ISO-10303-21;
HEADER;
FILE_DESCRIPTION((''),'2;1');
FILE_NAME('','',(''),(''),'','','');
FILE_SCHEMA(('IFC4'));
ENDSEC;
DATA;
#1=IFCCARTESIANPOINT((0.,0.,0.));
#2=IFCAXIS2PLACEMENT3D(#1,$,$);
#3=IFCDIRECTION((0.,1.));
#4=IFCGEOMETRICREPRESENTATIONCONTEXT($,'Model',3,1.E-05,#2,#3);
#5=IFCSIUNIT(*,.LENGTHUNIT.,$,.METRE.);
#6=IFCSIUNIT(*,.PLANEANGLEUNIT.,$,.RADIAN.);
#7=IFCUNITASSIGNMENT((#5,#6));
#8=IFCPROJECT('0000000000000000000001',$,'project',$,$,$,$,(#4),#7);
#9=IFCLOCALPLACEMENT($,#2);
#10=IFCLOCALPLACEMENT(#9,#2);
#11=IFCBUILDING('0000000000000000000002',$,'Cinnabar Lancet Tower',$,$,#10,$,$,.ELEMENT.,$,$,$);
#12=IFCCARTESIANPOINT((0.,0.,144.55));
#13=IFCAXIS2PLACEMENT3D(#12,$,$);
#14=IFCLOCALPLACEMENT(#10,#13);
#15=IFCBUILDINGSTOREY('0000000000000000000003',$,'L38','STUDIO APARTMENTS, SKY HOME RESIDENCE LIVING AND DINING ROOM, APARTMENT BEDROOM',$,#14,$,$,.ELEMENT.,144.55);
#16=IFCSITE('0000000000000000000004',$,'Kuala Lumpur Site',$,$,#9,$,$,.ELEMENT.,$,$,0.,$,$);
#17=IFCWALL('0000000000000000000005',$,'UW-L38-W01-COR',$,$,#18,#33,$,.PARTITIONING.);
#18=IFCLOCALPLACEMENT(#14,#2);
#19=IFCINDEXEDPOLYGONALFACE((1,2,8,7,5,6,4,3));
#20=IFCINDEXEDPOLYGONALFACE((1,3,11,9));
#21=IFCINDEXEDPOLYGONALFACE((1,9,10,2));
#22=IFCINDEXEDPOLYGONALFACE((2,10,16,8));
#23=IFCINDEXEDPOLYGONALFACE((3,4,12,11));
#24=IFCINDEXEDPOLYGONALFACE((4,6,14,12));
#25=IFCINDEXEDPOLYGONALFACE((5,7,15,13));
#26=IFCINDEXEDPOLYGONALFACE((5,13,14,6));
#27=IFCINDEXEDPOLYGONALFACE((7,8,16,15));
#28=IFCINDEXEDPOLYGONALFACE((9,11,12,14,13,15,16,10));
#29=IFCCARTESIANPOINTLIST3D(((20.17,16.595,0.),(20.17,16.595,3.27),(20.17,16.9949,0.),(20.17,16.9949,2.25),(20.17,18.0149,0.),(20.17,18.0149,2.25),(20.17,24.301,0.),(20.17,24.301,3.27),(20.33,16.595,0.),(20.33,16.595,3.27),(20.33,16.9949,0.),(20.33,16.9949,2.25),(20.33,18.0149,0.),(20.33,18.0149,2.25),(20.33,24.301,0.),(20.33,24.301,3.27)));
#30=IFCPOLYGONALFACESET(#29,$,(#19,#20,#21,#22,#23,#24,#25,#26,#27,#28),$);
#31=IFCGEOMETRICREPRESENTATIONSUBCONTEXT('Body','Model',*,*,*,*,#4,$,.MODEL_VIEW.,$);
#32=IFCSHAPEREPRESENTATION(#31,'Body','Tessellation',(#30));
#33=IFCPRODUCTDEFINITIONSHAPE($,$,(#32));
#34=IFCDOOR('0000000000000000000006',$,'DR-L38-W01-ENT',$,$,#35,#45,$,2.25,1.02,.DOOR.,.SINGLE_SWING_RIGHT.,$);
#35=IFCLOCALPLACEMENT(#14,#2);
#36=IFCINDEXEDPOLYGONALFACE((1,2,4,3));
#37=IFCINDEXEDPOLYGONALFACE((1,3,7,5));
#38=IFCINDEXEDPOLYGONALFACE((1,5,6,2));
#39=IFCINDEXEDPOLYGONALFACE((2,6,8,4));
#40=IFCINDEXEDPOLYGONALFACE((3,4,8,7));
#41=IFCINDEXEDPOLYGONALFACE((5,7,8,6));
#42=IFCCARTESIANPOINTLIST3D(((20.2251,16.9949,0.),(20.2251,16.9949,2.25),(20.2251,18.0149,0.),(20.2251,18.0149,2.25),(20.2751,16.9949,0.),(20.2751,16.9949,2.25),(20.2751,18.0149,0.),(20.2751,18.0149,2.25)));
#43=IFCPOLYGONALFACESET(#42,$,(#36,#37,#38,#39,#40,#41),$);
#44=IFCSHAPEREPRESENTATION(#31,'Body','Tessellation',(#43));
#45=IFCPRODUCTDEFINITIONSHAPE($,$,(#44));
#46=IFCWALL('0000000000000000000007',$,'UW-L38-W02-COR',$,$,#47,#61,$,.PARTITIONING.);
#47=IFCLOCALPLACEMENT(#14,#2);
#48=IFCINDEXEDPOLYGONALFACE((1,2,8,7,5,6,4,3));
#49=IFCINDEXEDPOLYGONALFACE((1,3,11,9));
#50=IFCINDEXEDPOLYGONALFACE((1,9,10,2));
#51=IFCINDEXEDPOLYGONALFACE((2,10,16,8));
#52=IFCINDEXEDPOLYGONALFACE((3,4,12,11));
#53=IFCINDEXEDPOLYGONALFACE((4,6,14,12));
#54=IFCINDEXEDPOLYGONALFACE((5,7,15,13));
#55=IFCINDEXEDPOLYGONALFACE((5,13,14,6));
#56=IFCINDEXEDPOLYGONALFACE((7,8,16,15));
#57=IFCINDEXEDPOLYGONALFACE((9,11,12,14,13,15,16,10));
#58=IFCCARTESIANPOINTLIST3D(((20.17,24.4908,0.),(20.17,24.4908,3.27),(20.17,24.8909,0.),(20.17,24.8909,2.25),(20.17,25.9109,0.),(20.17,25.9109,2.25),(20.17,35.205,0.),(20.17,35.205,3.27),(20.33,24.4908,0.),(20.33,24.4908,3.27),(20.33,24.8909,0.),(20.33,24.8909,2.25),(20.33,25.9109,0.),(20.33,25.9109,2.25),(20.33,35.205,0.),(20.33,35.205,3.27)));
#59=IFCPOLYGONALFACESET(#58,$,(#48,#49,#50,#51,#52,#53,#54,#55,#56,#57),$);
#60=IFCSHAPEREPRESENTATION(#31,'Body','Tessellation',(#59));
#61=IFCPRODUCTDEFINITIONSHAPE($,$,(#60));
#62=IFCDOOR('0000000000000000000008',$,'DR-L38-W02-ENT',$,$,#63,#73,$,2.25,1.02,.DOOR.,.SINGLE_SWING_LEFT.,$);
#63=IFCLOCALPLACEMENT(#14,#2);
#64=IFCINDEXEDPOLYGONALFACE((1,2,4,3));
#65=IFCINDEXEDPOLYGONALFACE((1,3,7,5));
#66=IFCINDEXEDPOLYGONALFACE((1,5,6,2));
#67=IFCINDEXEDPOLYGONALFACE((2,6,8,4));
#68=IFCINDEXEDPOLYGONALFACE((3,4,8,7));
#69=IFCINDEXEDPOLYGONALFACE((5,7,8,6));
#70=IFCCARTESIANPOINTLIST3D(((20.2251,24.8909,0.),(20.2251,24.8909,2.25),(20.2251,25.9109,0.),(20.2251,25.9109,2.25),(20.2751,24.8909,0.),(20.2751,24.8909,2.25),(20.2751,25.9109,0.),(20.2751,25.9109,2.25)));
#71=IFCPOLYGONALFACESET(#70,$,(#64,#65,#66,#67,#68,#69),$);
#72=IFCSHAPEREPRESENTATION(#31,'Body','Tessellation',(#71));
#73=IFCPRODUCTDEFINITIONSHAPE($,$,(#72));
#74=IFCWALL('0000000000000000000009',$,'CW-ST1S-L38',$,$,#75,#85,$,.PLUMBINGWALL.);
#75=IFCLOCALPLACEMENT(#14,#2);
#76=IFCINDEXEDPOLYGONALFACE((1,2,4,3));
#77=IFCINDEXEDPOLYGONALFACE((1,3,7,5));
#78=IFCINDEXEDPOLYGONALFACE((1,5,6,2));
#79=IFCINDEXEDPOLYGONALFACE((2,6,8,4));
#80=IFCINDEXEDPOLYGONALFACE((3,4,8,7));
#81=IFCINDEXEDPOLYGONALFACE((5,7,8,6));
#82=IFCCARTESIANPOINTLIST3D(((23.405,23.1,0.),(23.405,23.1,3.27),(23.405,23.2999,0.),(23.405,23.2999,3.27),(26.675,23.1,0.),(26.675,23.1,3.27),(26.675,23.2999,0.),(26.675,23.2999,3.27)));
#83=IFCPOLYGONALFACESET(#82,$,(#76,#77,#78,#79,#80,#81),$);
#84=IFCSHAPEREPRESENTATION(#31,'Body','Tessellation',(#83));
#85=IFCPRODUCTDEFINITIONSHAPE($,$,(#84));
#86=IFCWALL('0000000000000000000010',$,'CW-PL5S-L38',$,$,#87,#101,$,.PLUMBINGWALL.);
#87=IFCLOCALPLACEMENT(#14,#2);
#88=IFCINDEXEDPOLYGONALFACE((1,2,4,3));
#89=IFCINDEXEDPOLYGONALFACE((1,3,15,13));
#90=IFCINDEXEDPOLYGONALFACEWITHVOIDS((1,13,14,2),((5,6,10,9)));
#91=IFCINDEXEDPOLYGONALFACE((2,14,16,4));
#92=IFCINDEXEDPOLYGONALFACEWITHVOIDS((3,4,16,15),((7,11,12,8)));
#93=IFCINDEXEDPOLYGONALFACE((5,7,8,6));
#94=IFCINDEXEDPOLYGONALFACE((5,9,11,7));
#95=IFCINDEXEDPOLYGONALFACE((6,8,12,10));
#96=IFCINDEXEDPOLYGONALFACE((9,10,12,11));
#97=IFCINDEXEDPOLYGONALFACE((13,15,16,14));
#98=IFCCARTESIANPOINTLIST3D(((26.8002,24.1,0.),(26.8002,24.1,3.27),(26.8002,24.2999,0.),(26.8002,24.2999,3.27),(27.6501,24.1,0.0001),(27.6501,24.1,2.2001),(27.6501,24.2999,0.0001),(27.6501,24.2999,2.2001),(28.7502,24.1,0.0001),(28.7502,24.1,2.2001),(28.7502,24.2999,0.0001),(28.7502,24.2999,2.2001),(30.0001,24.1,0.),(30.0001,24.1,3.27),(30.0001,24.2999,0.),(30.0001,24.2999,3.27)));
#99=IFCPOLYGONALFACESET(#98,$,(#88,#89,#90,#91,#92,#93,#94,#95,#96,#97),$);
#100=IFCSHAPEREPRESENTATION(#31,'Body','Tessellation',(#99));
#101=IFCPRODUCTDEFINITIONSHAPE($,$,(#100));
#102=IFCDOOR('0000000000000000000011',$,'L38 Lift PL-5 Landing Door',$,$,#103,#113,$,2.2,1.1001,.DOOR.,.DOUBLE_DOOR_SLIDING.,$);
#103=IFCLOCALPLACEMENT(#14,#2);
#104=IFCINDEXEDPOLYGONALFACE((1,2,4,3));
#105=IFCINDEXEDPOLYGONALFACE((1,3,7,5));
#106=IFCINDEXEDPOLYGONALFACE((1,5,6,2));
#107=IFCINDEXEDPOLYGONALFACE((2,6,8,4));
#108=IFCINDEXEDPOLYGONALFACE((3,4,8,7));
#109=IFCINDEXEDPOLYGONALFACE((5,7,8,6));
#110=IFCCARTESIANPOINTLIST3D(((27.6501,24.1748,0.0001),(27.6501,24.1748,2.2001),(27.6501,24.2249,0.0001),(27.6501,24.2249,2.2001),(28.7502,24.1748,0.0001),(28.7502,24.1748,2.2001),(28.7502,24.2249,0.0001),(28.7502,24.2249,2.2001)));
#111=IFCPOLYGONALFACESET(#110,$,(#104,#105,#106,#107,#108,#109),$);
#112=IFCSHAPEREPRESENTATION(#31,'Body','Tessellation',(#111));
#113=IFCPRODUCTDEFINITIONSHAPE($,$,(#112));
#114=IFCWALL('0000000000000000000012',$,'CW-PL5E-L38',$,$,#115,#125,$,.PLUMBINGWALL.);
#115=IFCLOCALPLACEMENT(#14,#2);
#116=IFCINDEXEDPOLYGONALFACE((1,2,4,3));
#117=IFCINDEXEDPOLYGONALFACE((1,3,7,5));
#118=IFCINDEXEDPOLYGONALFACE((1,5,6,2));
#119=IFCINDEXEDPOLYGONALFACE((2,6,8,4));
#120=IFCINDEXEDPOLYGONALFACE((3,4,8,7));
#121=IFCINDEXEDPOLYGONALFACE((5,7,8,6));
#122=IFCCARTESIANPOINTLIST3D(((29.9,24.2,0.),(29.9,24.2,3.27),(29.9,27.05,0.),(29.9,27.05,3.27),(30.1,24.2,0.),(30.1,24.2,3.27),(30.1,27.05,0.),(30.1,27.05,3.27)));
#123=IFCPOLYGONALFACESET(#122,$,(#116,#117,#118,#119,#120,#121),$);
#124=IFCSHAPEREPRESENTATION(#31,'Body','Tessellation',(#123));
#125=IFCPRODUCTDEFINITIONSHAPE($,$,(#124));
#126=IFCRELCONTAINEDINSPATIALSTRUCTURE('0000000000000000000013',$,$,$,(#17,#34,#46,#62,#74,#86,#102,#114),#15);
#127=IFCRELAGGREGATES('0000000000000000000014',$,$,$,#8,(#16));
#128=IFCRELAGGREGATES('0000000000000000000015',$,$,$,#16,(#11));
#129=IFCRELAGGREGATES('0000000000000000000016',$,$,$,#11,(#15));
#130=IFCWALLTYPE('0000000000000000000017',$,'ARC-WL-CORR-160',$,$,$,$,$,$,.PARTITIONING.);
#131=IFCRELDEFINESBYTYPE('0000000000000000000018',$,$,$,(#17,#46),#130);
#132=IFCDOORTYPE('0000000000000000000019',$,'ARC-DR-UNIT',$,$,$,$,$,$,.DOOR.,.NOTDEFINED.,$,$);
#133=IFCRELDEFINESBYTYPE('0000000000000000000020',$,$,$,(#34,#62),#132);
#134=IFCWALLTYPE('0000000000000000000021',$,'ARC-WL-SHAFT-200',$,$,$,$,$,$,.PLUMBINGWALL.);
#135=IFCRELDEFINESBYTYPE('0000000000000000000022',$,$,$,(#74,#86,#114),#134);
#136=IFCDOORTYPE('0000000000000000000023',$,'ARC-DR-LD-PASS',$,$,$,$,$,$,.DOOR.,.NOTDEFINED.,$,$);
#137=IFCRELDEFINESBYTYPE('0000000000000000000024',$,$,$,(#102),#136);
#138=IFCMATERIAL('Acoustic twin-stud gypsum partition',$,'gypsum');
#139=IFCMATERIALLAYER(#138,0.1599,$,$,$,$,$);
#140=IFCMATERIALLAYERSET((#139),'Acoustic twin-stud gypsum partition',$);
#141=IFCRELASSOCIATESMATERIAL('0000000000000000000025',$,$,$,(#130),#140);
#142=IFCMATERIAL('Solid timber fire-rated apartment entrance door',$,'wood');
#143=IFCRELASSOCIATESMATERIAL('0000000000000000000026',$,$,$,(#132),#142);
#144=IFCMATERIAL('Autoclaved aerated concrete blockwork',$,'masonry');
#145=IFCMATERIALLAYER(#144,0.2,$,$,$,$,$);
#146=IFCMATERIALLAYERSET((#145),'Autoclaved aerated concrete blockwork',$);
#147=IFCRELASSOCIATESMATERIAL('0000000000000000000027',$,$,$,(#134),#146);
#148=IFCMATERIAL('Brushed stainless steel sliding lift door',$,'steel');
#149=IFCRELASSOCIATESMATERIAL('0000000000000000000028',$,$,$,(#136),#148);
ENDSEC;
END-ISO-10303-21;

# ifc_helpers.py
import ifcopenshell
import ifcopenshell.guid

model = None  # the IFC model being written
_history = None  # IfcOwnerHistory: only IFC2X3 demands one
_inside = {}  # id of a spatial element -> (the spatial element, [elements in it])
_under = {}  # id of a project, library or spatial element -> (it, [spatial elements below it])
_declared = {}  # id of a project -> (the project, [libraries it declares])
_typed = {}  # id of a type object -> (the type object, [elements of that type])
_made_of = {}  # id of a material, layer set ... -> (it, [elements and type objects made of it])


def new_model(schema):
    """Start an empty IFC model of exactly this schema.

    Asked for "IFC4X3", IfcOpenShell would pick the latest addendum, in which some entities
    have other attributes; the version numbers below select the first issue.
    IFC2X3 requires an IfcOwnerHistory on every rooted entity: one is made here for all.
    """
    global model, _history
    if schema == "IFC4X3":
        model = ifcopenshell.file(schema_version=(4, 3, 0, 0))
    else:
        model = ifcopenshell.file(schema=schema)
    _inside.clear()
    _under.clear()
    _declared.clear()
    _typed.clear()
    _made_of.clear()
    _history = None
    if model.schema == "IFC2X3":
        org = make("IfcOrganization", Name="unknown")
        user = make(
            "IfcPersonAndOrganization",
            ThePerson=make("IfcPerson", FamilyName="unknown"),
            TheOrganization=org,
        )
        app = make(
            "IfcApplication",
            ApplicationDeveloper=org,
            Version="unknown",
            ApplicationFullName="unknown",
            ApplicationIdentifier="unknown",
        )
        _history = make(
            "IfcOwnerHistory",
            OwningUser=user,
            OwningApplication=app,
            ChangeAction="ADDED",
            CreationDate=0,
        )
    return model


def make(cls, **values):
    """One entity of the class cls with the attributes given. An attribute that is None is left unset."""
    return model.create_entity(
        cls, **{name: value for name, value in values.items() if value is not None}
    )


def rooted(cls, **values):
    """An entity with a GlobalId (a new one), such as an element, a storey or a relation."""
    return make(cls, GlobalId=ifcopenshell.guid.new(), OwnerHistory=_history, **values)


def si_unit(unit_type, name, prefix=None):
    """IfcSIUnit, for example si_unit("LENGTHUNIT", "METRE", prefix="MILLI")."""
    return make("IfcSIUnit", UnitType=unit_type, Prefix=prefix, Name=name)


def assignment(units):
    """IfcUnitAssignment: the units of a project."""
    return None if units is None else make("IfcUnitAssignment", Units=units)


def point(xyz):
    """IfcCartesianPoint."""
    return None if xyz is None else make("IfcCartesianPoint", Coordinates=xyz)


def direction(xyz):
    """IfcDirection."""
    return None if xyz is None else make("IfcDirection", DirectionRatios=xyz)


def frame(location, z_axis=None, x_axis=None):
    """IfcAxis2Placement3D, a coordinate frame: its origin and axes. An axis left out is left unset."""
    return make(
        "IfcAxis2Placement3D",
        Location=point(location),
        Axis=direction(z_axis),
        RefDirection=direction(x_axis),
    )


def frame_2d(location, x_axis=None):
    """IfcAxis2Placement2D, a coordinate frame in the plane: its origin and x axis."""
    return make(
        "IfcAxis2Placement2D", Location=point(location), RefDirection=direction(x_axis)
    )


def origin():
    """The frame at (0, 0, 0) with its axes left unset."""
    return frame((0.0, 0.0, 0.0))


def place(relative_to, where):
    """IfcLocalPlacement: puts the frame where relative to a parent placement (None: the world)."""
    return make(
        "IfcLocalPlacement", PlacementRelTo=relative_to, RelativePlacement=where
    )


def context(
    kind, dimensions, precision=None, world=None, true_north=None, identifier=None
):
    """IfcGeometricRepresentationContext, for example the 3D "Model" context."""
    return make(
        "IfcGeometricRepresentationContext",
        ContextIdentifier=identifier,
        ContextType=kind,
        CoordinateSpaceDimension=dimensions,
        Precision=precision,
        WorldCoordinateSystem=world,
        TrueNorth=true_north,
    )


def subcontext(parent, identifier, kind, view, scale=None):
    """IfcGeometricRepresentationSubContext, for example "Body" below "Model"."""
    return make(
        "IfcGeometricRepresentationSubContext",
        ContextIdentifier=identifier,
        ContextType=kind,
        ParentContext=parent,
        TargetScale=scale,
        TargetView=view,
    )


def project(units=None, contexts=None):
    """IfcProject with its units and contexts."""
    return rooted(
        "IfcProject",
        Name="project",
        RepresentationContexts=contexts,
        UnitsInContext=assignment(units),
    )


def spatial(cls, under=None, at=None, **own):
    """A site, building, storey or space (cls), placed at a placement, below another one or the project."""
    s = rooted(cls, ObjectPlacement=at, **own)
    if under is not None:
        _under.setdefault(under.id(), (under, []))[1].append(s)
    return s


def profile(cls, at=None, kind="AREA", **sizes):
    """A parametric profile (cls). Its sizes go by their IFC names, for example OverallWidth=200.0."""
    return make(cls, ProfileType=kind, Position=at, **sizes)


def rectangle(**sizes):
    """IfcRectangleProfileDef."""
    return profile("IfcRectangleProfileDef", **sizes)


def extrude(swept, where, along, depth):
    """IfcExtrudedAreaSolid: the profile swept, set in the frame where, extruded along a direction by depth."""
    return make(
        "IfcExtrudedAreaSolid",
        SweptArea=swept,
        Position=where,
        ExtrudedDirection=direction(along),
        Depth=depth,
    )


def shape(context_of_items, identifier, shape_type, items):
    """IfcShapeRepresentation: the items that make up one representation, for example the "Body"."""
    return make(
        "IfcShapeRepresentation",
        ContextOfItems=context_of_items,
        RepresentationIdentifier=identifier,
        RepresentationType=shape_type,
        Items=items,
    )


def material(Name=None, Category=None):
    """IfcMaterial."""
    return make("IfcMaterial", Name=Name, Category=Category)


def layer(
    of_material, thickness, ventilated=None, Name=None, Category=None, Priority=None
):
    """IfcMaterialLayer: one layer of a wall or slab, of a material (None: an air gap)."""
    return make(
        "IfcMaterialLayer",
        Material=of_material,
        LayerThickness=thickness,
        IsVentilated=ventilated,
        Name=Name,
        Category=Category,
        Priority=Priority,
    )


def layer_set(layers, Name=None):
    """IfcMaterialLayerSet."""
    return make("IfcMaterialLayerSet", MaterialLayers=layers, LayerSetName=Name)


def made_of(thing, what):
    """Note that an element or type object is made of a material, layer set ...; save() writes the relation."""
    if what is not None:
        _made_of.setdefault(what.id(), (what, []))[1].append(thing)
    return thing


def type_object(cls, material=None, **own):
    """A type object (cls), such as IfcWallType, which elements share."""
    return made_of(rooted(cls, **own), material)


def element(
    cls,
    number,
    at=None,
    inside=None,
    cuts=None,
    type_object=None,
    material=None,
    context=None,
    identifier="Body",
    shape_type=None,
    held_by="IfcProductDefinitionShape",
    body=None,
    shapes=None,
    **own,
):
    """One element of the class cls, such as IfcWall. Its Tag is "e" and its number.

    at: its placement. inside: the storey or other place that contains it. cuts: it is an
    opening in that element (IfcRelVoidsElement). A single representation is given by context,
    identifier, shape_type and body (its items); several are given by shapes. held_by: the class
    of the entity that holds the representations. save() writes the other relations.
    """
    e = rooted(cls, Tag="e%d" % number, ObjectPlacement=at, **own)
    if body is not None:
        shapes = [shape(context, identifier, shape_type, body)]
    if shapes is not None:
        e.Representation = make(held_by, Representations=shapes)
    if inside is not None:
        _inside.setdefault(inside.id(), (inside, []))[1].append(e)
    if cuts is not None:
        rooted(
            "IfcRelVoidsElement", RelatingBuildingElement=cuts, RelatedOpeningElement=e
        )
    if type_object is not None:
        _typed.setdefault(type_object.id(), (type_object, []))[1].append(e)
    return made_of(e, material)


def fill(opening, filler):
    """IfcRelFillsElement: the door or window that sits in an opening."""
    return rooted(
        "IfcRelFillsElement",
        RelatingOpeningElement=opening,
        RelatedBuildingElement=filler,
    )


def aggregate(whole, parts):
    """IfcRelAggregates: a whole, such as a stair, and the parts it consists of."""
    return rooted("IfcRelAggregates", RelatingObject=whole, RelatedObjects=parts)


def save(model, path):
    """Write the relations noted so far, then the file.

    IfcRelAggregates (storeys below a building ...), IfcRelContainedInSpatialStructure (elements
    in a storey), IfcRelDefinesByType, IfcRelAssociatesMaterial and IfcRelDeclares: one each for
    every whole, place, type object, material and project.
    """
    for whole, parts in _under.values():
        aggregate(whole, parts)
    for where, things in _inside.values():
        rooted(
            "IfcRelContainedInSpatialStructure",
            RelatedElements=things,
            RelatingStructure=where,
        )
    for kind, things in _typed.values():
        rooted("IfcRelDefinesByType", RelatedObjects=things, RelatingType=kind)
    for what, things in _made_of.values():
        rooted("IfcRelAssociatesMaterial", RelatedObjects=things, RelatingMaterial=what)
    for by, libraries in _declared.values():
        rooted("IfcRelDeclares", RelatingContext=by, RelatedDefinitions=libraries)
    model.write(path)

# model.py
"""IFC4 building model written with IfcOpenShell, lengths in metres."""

from ifc_helpers import new_model, si_unit, direction, frame, frame_2d, origin, place, context, subcontext, project, spatial, rectangle, extrude, material, layer, layer_set, type_object, element, fill, save


model = new_model("IFC4")

# Units and contexts
model_context = context("Model", 3, precision=1e-05, world=origin(), true_north=direction((0.0, 1.0)))
body_context = subcontext(model_context, "Body", "Model", "MODEL_VIEW")
ifc_project = project(units=[si_unit("LENGTHUNIT", "METRE"), si_unit("PLANEANGLEUNIT", "RADIAN")], contexts=[model_context])

# Site, building, storey
site_placement = place(None, origin())
site = spatial("IfcSite", under=ifc_project, at=site_placement, Name="Kuala Lumpur Site", CompositionType="ELEMENT", RefElevation=0.0)
building_placement = place(site_placement, origin())
building = spatial("IfcBuilding", under=site, at=building_placement, Name="Cinnabar Lancet Tower", CompositionType="ELEMENT")
storey_placement = place(building_placement, frame((0.0, 0.0, 144.55)))
storey = spatial("IfcBuildingStorey", under=building, at=storey_placement, Name="L38", Description="STUDIO APARTMENTS, SKY HOME RESIDENCE LIVING AND DINING ROOM, APARTMENT BEDROOM", CompositionType="ELEMENT", Elevation=144.55)

# Walls, openings, doors
ifc_material_1 = material(Name="Acoustic twin-stud gypsum partition", Category="gypsum")
ifc_layer_1 = layer(ifc_material_1, 0.1599)
ifc_layer_set_1 = layer_set([ifc_layer_1], Name="Acoustic twin-stud gypsum partition")
wall_type_1 = type_object("IfcWallType", Name="ARC-WL-CORR-160", PredefinedType="PARTITIONING", material=ifc_layer_set_1)
wall_1_placement = place(storey_placement, frame((20.25, 16.595, 0.0), z_axis=(0.0, 0.0, 1.0), x_axis=(0.0, 1.0, 0.0)))
wall_1 = element("IfcWall", 1, at=wall_1_placement, inside=storey, type_object=wall_type_1, Name="UW-L38-W01-COR", PredefinedType="PARTITIONING", context=body_context, shape_type="SweptSolid", body=[
    extrude(rectangle(XDim=7.7061, YDim=0.1599, at=frame_2d((3.853, 0.0))), origin(), (0.0, 0.0, 1.0), 3.27),
])
opening_1_placement = place(wall_1_placement, frame((0.3999, 0.0, 0.0)))
opening_1 = element("IfcOpeningElement", 2, at=opening_1_placement, cuts=wall_1, PredefinedType="OPENING", context=body_context, shape_type="SweptSolid", body=[
    extrude(rectangle(XDim=1.02, YDim=2.25, at=frame_2d((0.51, 1.125))), frame((0.0, 0.0898, 0.0), z_axis=(0.0, -1.0, 0.0), x_axis=(1.0, 0.0, 0.0)), (0.0, 0.0, 1.0), 0.1799),
])
ifc_material_2 = material(Name="Solid timber fire-rated apartment entrance door", Category="wood")
door_type_1 = type_object("IfcDoorType", Name="ARC-DR-UNIT", OperationType="NOTDEFINED", PredefinedType="DOOR", material=ifc_material_2)
door_1_placement = place(opening_1_placement, origin())
door_1 = element("IfcDoor", 3, at=door_1_placement, inside=storey, type_object=door_type_1, Name="DR-L38-W01-ENT", OperationType="SINGLE_SWING_RIGHT", OverallHeight=2.25, OverallWidth=1.02, PredefinedType="DOOR", context=body_context, shape_type="SweptSolid", body=[
    extrude(rectangle(XDim=1.02, YDim=2.25, at=frame_2d((0.51, 1.125))), frame((0.0, 0.0249, 0.0), z_axis=(0.0, -1.0, 0.0), x_axis=(1.0, 0.0, 0.0)), (0.0, 0.0, 1.0), 0.05),
])
fill(opening_1, door_1)
wall_2_placement = place(storey_placement, frame((20.25, 24.491, 0.0), z_axis=(0.0, 0.0, 1.0), x_axis=(0.0, 1.0, 0.0)))
wall_2 = element("IfcWall", 4, at=wall_2_placement, inside=storey, type_object=wall_type_1, Name="UW-L38-W02-COR", PredefinedType="PARTITIONING", context=body_context, shape_type="SweptSolid", body=[
    extrude(rectangle(XDim=10.7141, YDim=0.1599, at=frame_2d((5.3569, 0.0))), origin(), (0.0, 0.0, 1.0), 3.27),
])
opening_2_placement = place(wall_2_placement, frame((0.3999, 0.0, 0.0)))
opening_2 = element("IfcOpeningElement", 5, at=opening_2_placement, cuts=wall_2, PredefinedType="OPENING", context=body_context, shape_type="SweptSolid", body=[
    extrude(rectangle(XDim=1.02, YDim=2.25, at=frame_2d((0.51, 1.125))), frame((0.0, 0.0898, 0.0), z_axis=(0.0, -1.0, 0.0), x_axis=(1.0, 0.0, 0.0)), (0.0, 0.0, 1.0), 0.1799),
])
door_2_placement = place(opening_2_placement, origin())
door_2 = element("IfcDoor", 6, at=door_2_placement, inside=storey, type_object=door_type_1, Name="DR-L38-W02-ENT", OperationType="SINGLE_SWING_LEFT", OverallHeight=2.25, OverallWidth=1.02, PredefinedType="DOOR", context=body_context, shape_type="SweptSolid", body=[
    extrude(rectangle(XDim=1.02, YDim=2.25, at=frame_2d((0.51, 1.125))), frame((0.0, 0.0249, 0.0), z_axis=(0.0, -1.0, 0.0), x_axis=(1.0, 0.0, 0.0)), (0.0, 0.0, 1.0), 0.05),
])
fill(opening_2, door_2)

# Wall
ifc_material_3 = material(Name="Autoclaved aerated concrete blockwork", Category="masonry")
ifc_layer_2 = layer(ifc_material_3, 0.2)
ifc_layer_set_2 = layer_set([ifc_layer_2], Name="Autoclaved aerated concrete blockwork")
wall_type_2 = type_object("IfcWallType", Name="ARC-WL-SHAFT-200", PredefinedType="PLUMBINGWALL", material=ifc_layer_set_2)
wall_3_placement = place(storey_placement, frame((23.405, 23.2, 0.0), z_axis=(0.0, 0.0, 1.0), x_axis=(1.0, 0.0, 0.0)))
element("IfcWall", 7, at=wall_3_placement, inside=storey, type_object=wall_type_2, Name="CW-ST1S-L38", PredefinedType="PLUMBINGWALL", context=body_context, shape_type="SweptSolid", body=[
    extrude(rectangle(XDim=3.27, YDim=0.2, at=frame_2d((1.635, 0.0))), origin(), (0.0, 0.0, 1.0), 3.27),
])

# Wall, opening, door
wall_4_placement = place(storey_placement, frame((26.8, 24.2, 0.0), z_axis=(0.0, 0.0, 1.0), x_axis=(1.0, 0.0, 0.0)))
wall_4 = element("IfcWall", 8, at=wall_4_placement, inside=storey, type_object=wall_type_2, Name="CW-PL5S-L38", PredefinedType="PLUMBINGWALL", context=body_context, shape_type="SweptSolid", body=[
    extrude(rectangle(XDim=3.2, YDim=0.2, at=frame_2d((1.6001, 0.0))), origin(), (0.0, 0.0, 1.0), 3.27),
])
opening_3_placement = place(wall_4_placement, frame((0.8501, 0.0, 0.0)))
opening_3 = element("IfcOpeningElement", 9, at=opening_3_placement, cuts=wall_4, PredefinedType="OPENING", context=body_context, shape_type="SweptSolid", body=[
    extrude(rectangle(XDim=1.1001, YDim=2.2, at=frame_2d((0.55, 1.1001))), frame((0.0, 0.1099, 0.0), z_axis=(0.0, -1.0, 0.0), x_axis=(1.0, 0.0, 0.0)), (0.0, 0.0, 1.0), 0.22),
])
ifc_material_4 = material(Name="Brushed stainless steel sliding lift door", Category="steel")
door_type_2 = type_object("IfcDoorType", Name="ARC-DR-LD-PASS", OperationType="NOTDEFINED", PredefinedType="DOOR", material=ifc_material_4)
door_3_placement = place(opening_3_placement, origin())
door_3 = element("IfcDoor", 10, at=door_3_placement, inside=storey, type_object=door_type_2, Name="L38 Lift PL-5 Landing Door", OperationType="DOUBLE_DOOR_SLIDING", OverallHeight=2.2, OverallWidth=1.1001, PredefinedType="DOOR", context=body_context, shape_type="SweptSolid", body=[
    extrude(rectangle(XDim=1.1001, YDim=2.2, at=frame_2d((0.55, 1.1001))), frame((0.0, 0.0249, 0.0), z_axis=(0.0, -1.0, 0.0), x_axis=(1.0, 0.0, 0.0)), (0.0, 0.0, 1.0), 0.05),
])
fill(opening_3, door_3)

# Wall
wall_5_placement = place(storey_placement, frame((30.0, 24.2, 0.0), z_axis=(0.0, 0.0, 1.0), x_axis=(0.0, 1.0, 0.0)))
element("IfcWall", 11, at=wall_5_placement, inside=storey, type_object=wall_type_2, Name="CW-PL5E-L38", PredefinedType="PLUMBINGWALL", context=body_context, shape_type="SweptSolid", body=[
    extrude(rectangle(XDim=2.8501, YDim=0.2, at=frame_2d((1.425, 0.0))), origin(), (0.0, 0.0, 1.0), 3.27),
])

save(model, "model.ifc")
